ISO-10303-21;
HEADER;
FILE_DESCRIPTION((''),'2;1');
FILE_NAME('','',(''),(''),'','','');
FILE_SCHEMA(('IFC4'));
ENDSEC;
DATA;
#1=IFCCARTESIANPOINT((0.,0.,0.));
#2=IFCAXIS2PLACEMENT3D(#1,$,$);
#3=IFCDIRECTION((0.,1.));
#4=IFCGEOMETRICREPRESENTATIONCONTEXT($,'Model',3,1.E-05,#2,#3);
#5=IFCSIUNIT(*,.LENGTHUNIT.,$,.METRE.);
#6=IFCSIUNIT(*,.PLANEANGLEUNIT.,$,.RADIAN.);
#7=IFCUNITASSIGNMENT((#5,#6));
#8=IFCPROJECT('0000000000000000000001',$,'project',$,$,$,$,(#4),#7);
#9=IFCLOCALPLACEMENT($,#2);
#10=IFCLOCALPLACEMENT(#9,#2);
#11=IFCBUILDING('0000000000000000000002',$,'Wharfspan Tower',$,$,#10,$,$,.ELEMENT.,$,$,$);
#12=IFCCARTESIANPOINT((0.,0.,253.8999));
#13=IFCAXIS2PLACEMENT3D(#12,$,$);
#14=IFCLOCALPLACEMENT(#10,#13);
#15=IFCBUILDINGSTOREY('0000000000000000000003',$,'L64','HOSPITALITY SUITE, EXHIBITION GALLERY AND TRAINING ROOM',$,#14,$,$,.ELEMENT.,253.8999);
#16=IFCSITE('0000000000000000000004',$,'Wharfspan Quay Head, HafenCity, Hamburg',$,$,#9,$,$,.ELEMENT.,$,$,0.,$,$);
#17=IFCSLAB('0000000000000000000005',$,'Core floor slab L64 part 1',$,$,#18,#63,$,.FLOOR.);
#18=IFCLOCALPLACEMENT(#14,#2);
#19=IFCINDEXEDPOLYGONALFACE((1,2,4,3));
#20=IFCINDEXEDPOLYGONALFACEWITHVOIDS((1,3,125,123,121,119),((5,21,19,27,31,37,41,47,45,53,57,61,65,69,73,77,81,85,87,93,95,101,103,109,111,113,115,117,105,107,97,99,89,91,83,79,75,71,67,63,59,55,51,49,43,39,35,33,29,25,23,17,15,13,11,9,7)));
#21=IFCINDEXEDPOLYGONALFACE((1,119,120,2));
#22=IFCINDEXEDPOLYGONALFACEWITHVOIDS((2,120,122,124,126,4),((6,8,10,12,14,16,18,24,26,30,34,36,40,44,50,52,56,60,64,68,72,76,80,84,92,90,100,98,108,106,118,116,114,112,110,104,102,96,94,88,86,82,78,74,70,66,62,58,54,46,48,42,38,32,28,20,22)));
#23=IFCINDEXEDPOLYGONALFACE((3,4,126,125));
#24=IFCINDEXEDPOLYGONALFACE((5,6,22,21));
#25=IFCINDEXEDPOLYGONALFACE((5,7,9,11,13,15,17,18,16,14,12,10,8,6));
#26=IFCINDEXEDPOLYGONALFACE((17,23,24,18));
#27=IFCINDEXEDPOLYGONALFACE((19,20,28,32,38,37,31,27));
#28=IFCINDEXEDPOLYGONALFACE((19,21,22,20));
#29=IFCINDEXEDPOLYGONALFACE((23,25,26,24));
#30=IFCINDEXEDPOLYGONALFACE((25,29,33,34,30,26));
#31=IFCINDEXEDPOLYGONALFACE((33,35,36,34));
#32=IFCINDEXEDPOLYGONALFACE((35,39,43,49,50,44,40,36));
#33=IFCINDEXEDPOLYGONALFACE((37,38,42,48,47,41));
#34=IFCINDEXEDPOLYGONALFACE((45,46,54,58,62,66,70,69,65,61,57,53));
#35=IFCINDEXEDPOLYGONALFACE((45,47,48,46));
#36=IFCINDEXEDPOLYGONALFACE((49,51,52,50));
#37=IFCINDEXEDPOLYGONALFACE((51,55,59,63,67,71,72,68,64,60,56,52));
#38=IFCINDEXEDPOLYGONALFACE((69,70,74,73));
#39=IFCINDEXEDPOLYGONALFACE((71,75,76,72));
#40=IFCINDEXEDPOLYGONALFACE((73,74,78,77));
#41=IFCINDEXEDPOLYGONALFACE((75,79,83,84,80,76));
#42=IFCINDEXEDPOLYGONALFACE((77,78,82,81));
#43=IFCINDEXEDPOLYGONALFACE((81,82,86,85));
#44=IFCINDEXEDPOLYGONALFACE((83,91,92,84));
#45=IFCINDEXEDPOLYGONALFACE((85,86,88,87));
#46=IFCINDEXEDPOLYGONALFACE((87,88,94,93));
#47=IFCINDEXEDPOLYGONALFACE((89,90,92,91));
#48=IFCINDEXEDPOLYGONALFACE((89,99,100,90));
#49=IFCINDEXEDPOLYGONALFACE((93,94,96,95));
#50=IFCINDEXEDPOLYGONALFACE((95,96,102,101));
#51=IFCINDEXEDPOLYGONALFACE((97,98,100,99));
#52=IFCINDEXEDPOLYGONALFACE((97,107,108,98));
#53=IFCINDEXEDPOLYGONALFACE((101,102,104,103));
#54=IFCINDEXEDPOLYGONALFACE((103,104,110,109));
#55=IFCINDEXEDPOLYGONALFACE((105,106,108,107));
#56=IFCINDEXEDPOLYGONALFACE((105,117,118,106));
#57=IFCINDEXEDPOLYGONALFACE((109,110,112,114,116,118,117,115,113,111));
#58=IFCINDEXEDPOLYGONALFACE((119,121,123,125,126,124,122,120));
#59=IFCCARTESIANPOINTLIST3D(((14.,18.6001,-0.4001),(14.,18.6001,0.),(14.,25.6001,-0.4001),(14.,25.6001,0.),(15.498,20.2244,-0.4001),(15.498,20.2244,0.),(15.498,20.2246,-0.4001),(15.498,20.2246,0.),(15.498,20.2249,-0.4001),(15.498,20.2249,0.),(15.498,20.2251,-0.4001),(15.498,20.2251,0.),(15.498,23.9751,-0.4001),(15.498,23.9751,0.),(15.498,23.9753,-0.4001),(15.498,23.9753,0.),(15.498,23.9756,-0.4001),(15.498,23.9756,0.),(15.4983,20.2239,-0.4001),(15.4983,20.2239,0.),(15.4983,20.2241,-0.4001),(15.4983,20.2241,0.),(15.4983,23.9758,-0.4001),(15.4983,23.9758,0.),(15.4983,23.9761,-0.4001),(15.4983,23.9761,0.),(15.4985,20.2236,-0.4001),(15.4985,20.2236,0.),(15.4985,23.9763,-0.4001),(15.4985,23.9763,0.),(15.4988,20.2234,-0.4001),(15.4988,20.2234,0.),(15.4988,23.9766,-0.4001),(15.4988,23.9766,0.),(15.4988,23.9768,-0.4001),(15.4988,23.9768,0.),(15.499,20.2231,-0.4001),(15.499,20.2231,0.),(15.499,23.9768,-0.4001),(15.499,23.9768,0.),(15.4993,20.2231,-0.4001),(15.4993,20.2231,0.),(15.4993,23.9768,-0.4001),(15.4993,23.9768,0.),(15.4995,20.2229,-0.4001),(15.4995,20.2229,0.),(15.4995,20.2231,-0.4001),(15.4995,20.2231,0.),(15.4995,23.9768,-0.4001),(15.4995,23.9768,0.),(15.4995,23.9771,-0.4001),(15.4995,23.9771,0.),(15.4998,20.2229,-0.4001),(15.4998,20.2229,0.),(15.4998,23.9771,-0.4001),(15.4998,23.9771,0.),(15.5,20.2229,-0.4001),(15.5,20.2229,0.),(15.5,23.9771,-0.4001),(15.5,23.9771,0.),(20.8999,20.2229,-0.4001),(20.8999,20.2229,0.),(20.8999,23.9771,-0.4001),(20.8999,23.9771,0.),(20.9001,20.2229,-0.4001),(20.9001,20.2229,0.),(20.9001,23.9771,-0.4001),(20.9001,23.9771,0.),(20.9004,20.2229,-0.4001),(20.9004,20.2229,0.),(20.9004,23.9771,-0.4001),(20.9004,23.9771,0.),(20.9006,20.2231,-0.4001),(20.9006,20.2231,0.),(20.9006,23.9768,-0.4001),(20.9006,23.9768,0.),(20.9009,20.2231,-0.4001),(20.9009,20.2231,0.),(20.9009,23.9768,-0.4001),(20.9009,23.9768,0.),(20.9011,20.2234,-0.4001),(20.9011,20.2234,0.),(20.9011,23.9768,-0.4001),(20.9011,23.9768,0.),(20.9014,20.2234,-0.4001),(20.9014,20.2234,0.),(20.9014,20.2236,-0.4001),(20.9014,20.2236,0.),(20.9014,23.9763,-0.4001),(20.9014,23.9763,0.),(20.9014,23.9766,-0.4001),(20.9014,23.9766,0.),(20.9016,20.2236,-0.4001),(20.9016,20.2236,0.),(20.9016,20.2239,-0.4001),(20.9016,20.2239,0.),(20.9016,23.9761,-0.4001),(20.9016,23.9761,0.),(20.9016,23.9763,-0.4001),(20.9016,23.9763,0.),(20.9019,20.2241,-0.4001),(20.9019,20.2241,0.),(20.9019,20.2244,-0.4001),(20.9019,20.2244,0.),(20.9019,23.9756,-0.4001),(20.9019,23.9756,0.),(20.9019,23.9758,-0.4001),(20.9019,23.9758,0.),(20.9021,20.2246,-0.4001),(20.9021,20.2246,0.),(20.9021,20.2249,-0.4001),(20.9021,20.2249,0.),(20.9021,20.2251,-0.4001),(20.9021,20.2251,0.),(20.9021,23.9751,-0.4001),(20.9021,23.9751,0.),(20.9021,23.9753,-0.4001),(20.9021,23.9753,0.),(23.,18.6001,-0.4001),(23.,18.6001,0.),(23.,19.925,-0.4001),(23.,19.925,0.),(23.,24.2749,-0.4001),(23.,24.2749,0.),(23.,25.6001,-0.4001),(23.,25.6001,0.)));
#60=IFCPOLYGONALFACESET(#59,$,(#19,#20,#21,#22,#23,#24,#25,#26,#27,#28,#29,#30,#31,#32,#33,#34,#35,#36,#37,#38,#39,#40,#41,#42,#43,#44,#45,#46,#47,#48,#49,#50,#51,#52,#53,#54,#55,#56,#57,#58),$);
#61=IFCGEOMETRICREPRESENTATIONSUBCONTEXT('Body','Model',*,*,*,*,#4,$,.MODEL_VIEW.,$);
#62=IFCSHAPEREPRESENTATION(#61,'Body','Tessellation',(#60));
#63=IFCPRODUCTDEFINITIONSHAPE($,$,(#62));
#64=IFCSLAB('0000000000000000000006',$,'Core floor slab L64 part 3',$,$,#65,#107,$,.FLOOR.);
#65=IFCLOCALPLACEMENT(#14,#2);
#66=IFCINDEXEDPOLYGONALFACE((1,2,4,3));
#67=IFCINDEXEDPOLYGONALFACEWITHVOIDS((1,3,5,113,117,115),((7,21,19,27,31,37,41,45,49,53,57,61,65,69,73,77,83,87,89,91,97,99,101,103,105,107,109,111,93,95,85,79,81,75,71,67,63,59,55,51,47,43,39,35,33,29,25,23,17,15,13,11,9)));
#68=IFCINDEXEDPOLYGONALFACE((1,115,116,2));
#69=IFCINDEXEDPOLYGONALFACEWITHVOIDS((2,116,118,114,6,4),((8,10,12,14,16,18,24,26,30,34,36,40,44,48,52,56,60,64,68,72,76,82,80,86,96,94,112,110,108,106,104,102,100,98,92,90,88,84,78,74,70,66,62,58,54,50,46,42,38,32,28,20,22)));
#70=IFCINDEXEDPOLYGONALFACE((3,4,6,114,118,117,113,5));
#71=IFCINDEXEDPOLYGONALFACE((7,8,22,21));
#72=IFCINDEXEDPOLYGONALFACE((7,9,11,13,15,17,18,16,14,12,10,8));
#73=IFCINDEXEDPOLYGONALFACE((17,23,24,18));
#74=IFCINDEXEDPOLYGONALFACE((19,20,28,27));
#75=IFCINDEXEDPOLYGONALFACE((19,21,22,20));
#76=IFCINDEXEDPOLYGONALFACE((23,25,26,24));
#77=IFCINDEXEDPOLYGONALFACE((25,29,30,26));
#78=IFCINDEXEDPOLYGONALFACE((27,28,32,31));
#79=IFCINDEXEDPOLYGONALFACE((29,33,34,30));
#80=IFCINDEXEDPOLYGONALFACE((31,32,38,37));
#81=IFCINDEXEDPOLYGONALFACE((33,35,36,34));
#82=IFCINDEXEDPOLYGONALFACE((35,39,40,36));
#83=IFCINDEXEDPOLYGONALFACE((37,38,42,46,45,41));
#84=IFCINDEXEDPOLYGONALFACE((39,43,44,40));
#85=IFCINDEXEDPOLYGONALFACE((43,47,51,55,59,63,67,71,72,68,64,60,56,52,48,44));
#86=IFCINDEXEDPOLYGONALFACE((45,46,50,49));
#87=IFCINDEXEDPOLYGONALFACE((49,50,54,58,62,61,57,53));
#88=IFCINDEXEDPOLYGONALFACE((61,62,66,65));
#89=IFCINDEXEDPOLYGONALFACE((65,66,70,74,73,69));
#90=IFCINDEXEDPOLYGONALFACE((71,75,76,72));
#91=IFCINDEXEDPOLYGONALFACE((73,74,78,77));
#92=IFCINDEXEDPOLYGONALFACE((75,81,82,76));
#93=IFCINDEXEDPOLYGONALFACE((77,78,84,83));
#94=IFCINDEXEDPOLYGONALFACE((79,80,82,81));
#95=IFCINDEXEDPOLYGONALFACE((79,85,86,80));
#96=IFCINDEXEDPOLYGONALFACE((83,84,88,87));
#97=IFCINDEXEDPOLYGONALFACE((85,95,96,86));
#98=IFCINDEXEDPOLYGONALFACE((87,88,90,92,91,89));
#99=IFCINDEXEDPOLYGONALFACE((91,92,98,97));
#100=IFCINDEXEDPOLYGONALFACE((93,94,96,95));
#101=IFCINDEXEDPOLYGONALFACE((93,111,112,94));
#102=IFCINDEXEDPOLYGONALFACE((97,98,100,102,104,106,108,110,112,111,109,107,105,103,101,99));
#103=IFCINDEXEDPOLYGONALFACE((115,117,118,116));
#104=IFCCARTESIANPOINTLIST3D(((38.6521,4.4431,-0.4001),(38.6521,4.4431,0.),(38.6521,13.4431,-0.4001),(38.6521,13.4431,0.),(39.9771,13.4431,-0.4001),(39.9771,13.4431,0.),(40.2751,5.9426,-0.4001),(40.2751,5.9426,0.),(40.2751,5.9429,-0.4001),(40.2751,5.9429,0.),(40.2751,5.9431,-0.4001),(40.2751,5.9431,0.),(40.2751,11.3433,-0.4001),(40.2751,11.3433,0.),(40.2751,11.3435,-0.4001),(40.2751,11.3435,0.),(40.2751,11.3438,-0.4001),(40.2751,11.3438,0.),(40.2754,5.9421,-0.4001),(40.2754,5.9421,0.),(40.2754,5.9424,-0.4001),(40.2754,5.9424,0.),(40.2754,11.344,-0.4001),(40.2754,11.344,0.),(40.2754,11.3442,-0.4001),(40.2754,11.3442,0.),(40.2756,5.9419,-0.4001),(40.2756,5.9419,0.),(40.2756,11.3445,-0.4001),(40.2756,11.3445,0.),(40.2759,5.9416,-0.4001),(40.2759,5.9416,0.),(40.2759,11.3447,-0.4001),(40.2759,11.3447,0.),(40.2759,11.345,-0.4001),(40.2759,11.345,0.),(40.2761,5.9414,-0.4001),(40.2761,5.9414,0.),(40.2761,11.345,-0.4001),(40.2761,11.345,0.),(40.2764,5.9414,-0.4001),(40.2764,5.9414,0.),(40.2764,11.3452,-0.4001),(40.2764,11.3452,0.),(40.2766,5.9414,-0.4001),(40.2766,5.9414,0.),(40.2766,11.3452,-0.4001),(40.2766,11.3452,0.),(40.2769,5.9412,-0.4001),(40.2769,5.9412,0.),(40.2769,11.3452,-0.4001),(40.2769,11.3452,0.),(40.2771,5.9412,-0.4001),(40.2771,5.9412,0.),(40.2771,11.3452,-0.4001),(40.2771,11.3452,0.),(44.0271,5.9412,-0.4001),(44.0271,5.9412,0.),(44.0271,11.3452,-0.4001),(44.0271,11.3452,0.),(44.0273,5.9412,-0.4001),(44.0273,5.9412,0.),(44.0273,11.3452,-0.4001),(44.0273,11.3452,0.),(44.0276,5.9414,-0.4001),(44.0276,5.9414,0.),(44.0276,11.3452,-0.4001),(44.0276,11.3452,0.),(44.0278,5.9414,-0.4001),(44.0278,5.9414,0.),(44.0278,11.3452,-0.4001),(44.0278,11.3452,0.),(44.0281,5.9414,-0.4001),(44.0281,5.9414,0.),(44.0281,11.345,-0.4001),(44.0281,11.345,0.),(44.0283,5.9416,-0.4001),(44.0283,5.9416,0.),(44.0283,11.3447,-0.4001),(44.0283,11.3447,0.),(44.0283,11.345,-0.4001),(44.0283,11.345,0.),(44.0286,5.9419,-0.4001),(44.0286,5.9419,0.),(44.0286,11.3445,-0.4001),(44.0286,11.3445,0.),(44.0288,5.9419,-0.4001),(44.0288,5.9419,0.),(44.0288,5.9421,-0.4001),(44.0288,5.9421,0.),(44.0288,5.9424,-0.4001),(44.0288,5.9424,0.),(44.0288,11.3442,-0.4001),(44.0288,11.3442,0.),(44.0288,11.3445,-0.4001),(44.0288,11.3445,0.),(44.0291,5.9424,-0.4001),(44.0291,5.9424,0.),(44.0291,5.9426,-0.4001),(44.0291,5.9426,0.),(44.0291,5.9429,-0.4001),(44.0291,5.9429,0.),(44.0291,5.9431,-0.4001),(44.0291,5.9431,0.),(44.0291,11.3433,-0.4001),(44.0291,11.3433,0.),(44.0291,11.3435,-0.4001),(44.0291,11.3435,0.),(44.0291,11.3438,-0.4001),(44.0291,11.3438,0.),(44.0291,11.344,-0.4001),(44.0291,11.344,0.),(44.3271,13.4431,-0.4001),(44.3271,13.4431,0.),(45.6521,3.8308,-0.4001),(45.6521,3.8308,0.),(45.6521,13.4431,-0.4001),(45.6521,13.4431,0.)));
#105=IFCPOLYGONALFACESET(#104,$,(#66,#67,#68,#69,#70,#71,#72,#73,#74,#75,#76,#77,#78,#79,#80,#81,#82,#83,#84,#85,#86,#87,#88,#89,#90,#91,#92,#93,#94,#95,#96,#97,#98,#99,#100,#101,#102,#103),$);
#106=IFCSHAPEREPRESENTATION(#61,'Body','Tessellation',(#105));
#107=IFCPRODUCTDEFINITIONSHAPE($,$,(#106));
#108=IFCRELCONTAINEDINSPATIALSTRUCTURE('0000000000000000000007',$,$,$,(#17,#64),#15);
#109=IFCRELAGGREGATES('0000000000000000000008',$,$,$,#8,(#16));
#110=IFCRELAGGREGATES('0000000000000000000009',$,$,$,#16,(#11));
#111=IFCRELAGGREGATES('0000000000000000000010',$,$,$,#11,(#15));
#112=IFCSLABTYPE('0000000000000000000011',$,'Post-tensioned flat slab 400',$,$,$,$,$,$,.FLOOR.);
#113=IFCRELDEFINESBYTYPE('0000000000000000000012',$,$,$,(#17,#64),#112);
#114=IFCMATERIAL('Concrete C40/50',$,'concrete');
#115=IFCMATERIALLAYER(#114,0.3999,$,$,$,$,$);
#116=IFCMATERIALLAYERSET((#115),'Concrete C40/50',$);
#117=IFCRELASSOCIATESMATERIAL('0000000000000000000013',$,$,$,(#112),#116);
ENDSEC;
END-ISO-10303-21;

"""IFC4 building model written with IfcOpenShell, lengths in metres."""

from ifc_helpers import new_model, si_unit, direction, frame, origin, place, context, subcontext, project, spatial, polyline, outline, extrude, material, layer, layer_set, type_object, element, save


model = new_model("IFC4")

# Units and contexts
model_context = context("Model", 3, precision=1e-05, world=origin(), true_north=direction((0.0, 1.0)))
body_context = subcontext(model_context, "Body", "Model", "MODEL_VIEW")
ifc_project = project(units=[si_unit("LENGTHUNIT", "METRE"), si_unit("PLANEANGLEUNIT", "RADIAN")], contexts=[model_context])

# Site, building, storey
site_placement = place(None, origin())
site = spatial("IfcSite", under=ifc_project, at=site_placement, Name="Wharfspan Quay Head, HafenCity, Hamburg", CompositionType="ELEMENT", RefElevation=0.0)
building_placement = place(site_placement, origin())
building = spatial("IfcBuilding", under=site, at=building_placement, Name="Wharfspan Tower", CompositionType="ELEMENT")
storey_placement = place(building_placement, frame((0.0, 0.0, 253.8999)))
storey = spatial("IfcBuildingStorey", under=building, at=storey_placement, Name="L64", Description="HOSPITALITY SUITE, EXHIBITION GALLERY AND TRAINING ROOM", CompositionType="ELEMENT", Elevation=253.8999)

# Slabs
ifc_material_1 = material(Name="Concrete C40/50", Category="concrete")
ifc_layer_1 = layer(ifc_material_1, 0.3999)
ifc_layer_set_1 = layer_set([ifc_layer_1], Name="Concrete C40/50")
slab_type_1 = type_object("IfcSlabType", Name="Post-tensioned flat slab 400", PredefinedType="FLOOR", material=ifc_layer_set_1)
slab_1_placement = place(storey_placement, frame((0.0, 0.0, -0.4001)))
element("IfcSlab", 1, at=slab_1_placement, inside=storey, type_object=slab_type_1, Name="Core floor slab L64 part 1", PredefinedType="FLOOR", context=body_context, shape_type="SweptSolid", body=[
    extrude(outline(polyline([(23.0, 19.925), (23.0, 24.2749), (23.0, 25.6001), (14.0, 25.6001), (14.0, 18.6001), (23.0, 18.6001), (23.0, 19.925)]), holes=[polyline([(20.8999, 23.9771), (20.9001, 23.9771), (20.9004, 23.9771), (20.9006, 23.9768), (20.9009, 23.9768), (20.9009, 23.9768), (20.9011, 23.9768), (20.9014, 23.9766), (20.9014, 23.9763), (20.9016, 23.9763), (20.9016, 23.9761), (20.9019, 23.9758), (20.9019, 23.9758), (20.9019, 23.9756), (20.9021, 23.9753), (20.9021, 23.9751), (20.9021, 23.9751), (20.9021, 20.2251), (20.9021, 20.2249), (20.9021, 20.2246), (20.9019, 20.2244), (20.9019, 20.2241), (20.9019, 20.2241), (20.9016, 20.2239), (20.9016, 20.2236), (20.9014, 20.2236), (20.9014, 20.2234), (20.9011, 20.2234), (20.9009, 20.2231), (20.9009, 20.2231), (20.9006, 20.2231), (20.9004, 20.2229), (20.9001, 20.2229), (20.8999, 20.2229), (15.5, 20.2229), (15.4998, 20.2229), (15.4995, 20.2229), (15.4995, 20.2231), (15.4993, 20.2231), (15.499, 20.2231), (15.4988, 20.2234), (15.4988, 20.2234), (15.4985, 20.2236), (15.4985, 20.2236), (15.4983, 20.2239), (15.4983, 20.2241), (15.4983, 20.2241), (15.498, 20.2244), (15.498, 20.2246), (15.498, 20.2249), (15.498, 20.2251), (15.498, 23.9751), (15.498, 23.9751), (15.498, 23.9753), (15.498, 23.9756), (15.4983, 23.9758), (15.4983, 23.9758), (15.4983, 23.9761), (15.4985, 23.9763), (15.4985, 23.9763), (15.4988, 23.9766), (15.4988, 23.9768), (15.499, 23.9768), (15.4993, 23.9768), (15.4995, 23.9768), (15.4995, 23.9771), (15.4998, 23.9771), (15.5, 23.9771), (20.8999, 23.9771)])]), origin(), (0.0, 0.0, 1.0), 0.4001),
])
slab_2_placement = place(storey_placement, frame((0.0, 0.0, -0.4001)))
element("IfcSlab", 2, at=slab_2_placement, inside=storey, type_object=slab_type_1, Name="Core floor slab L64 part 3", PredefinedType="FLOOR", context=body_context, shape_type="SweptSolid", body=[
    extrude(outline(polyline([(44.3271, 13.4431), (39.9771, 13.4431), (38.6521, 13.4431), (38.6521, 4.4431), (45.6521, 3.8308), (45.6521, 13.4431), (44.3271, 13.4431)]), holes=[polyline([(40.2751, 11.3433), (40.2751, 11.3435), (40.2751, 11.3435), (40.2751, 11.3438), (40.2754, 11.344), (40.2754, 11.3442), (40.2754, 11.3442), (40.2756, 11.3445), (40.2756, 11.3445), (40.2759, 11.3447), (40.2759, 11.345), (40.2761, 11.345), (40.2764, 11.3452), (40.2766, 11.3452), (40.2766, 11.3452), (40.2769, 11.3452), (40.2771, 11.3452), (44.0271, 11.3452), (44.0273, 11.3452), (44.0276, 11.3452), (44.0276, 11.3452), (44.0278, 11.3452), (44.0281, 11.345), (44.0283, 11.345), (44.0283, 11.3447), (44.0286, 11.3445), (44.0288, 11.3445), (44.0288, 11.3442), (44.0288, 11.3442), (44.0291, 11.344), (44.0291, 11.3438), (44.0291, 11.3435), (44.0291, 11.3435), (44.0291, 11.3433), (44.0291, 5.9431), (44.0291, 5.9431), (44.0291, 5.9429), (44.0291, 5.9426), (44.0291, 5.9424), (44.0288, 5.9424), (44.0288, 5.9421), (44.0288, 5.9419), (44.0286, 5.9419), (44.0283, 5.9417), (44.0283, 5.9417), (44.0281, 5.9414), (44.0278, 5.9414), (44.0276, 5.9414), (44.0276, 5.9414), (44.0273, 5.9412), (44.0271, 5.9412), (40.2771, 5.9412), (40.2769, 5.9412), (40.2766, 5.9414), (40.2766, 5.9414), (40.2764, 5.9414), (40.2761, 5.9414), (40.2759, 5.9417), (40.2759, 5.9417), (40.2756, 5.9419), (40.2756, 5.9419), (40.2754, 5.9421), (40.2754, 5.9424), (40.2754, 5.9424), (40.2751, 5.9426), (40.2751, 5.9429), (40.2751, 5.9431), (40.2751, 5.9431), (40.2751, 11.3433)])]), origin(), (0.0, 0.0, 1.0), 0.4001),
])

save(model, "model.ifc")
